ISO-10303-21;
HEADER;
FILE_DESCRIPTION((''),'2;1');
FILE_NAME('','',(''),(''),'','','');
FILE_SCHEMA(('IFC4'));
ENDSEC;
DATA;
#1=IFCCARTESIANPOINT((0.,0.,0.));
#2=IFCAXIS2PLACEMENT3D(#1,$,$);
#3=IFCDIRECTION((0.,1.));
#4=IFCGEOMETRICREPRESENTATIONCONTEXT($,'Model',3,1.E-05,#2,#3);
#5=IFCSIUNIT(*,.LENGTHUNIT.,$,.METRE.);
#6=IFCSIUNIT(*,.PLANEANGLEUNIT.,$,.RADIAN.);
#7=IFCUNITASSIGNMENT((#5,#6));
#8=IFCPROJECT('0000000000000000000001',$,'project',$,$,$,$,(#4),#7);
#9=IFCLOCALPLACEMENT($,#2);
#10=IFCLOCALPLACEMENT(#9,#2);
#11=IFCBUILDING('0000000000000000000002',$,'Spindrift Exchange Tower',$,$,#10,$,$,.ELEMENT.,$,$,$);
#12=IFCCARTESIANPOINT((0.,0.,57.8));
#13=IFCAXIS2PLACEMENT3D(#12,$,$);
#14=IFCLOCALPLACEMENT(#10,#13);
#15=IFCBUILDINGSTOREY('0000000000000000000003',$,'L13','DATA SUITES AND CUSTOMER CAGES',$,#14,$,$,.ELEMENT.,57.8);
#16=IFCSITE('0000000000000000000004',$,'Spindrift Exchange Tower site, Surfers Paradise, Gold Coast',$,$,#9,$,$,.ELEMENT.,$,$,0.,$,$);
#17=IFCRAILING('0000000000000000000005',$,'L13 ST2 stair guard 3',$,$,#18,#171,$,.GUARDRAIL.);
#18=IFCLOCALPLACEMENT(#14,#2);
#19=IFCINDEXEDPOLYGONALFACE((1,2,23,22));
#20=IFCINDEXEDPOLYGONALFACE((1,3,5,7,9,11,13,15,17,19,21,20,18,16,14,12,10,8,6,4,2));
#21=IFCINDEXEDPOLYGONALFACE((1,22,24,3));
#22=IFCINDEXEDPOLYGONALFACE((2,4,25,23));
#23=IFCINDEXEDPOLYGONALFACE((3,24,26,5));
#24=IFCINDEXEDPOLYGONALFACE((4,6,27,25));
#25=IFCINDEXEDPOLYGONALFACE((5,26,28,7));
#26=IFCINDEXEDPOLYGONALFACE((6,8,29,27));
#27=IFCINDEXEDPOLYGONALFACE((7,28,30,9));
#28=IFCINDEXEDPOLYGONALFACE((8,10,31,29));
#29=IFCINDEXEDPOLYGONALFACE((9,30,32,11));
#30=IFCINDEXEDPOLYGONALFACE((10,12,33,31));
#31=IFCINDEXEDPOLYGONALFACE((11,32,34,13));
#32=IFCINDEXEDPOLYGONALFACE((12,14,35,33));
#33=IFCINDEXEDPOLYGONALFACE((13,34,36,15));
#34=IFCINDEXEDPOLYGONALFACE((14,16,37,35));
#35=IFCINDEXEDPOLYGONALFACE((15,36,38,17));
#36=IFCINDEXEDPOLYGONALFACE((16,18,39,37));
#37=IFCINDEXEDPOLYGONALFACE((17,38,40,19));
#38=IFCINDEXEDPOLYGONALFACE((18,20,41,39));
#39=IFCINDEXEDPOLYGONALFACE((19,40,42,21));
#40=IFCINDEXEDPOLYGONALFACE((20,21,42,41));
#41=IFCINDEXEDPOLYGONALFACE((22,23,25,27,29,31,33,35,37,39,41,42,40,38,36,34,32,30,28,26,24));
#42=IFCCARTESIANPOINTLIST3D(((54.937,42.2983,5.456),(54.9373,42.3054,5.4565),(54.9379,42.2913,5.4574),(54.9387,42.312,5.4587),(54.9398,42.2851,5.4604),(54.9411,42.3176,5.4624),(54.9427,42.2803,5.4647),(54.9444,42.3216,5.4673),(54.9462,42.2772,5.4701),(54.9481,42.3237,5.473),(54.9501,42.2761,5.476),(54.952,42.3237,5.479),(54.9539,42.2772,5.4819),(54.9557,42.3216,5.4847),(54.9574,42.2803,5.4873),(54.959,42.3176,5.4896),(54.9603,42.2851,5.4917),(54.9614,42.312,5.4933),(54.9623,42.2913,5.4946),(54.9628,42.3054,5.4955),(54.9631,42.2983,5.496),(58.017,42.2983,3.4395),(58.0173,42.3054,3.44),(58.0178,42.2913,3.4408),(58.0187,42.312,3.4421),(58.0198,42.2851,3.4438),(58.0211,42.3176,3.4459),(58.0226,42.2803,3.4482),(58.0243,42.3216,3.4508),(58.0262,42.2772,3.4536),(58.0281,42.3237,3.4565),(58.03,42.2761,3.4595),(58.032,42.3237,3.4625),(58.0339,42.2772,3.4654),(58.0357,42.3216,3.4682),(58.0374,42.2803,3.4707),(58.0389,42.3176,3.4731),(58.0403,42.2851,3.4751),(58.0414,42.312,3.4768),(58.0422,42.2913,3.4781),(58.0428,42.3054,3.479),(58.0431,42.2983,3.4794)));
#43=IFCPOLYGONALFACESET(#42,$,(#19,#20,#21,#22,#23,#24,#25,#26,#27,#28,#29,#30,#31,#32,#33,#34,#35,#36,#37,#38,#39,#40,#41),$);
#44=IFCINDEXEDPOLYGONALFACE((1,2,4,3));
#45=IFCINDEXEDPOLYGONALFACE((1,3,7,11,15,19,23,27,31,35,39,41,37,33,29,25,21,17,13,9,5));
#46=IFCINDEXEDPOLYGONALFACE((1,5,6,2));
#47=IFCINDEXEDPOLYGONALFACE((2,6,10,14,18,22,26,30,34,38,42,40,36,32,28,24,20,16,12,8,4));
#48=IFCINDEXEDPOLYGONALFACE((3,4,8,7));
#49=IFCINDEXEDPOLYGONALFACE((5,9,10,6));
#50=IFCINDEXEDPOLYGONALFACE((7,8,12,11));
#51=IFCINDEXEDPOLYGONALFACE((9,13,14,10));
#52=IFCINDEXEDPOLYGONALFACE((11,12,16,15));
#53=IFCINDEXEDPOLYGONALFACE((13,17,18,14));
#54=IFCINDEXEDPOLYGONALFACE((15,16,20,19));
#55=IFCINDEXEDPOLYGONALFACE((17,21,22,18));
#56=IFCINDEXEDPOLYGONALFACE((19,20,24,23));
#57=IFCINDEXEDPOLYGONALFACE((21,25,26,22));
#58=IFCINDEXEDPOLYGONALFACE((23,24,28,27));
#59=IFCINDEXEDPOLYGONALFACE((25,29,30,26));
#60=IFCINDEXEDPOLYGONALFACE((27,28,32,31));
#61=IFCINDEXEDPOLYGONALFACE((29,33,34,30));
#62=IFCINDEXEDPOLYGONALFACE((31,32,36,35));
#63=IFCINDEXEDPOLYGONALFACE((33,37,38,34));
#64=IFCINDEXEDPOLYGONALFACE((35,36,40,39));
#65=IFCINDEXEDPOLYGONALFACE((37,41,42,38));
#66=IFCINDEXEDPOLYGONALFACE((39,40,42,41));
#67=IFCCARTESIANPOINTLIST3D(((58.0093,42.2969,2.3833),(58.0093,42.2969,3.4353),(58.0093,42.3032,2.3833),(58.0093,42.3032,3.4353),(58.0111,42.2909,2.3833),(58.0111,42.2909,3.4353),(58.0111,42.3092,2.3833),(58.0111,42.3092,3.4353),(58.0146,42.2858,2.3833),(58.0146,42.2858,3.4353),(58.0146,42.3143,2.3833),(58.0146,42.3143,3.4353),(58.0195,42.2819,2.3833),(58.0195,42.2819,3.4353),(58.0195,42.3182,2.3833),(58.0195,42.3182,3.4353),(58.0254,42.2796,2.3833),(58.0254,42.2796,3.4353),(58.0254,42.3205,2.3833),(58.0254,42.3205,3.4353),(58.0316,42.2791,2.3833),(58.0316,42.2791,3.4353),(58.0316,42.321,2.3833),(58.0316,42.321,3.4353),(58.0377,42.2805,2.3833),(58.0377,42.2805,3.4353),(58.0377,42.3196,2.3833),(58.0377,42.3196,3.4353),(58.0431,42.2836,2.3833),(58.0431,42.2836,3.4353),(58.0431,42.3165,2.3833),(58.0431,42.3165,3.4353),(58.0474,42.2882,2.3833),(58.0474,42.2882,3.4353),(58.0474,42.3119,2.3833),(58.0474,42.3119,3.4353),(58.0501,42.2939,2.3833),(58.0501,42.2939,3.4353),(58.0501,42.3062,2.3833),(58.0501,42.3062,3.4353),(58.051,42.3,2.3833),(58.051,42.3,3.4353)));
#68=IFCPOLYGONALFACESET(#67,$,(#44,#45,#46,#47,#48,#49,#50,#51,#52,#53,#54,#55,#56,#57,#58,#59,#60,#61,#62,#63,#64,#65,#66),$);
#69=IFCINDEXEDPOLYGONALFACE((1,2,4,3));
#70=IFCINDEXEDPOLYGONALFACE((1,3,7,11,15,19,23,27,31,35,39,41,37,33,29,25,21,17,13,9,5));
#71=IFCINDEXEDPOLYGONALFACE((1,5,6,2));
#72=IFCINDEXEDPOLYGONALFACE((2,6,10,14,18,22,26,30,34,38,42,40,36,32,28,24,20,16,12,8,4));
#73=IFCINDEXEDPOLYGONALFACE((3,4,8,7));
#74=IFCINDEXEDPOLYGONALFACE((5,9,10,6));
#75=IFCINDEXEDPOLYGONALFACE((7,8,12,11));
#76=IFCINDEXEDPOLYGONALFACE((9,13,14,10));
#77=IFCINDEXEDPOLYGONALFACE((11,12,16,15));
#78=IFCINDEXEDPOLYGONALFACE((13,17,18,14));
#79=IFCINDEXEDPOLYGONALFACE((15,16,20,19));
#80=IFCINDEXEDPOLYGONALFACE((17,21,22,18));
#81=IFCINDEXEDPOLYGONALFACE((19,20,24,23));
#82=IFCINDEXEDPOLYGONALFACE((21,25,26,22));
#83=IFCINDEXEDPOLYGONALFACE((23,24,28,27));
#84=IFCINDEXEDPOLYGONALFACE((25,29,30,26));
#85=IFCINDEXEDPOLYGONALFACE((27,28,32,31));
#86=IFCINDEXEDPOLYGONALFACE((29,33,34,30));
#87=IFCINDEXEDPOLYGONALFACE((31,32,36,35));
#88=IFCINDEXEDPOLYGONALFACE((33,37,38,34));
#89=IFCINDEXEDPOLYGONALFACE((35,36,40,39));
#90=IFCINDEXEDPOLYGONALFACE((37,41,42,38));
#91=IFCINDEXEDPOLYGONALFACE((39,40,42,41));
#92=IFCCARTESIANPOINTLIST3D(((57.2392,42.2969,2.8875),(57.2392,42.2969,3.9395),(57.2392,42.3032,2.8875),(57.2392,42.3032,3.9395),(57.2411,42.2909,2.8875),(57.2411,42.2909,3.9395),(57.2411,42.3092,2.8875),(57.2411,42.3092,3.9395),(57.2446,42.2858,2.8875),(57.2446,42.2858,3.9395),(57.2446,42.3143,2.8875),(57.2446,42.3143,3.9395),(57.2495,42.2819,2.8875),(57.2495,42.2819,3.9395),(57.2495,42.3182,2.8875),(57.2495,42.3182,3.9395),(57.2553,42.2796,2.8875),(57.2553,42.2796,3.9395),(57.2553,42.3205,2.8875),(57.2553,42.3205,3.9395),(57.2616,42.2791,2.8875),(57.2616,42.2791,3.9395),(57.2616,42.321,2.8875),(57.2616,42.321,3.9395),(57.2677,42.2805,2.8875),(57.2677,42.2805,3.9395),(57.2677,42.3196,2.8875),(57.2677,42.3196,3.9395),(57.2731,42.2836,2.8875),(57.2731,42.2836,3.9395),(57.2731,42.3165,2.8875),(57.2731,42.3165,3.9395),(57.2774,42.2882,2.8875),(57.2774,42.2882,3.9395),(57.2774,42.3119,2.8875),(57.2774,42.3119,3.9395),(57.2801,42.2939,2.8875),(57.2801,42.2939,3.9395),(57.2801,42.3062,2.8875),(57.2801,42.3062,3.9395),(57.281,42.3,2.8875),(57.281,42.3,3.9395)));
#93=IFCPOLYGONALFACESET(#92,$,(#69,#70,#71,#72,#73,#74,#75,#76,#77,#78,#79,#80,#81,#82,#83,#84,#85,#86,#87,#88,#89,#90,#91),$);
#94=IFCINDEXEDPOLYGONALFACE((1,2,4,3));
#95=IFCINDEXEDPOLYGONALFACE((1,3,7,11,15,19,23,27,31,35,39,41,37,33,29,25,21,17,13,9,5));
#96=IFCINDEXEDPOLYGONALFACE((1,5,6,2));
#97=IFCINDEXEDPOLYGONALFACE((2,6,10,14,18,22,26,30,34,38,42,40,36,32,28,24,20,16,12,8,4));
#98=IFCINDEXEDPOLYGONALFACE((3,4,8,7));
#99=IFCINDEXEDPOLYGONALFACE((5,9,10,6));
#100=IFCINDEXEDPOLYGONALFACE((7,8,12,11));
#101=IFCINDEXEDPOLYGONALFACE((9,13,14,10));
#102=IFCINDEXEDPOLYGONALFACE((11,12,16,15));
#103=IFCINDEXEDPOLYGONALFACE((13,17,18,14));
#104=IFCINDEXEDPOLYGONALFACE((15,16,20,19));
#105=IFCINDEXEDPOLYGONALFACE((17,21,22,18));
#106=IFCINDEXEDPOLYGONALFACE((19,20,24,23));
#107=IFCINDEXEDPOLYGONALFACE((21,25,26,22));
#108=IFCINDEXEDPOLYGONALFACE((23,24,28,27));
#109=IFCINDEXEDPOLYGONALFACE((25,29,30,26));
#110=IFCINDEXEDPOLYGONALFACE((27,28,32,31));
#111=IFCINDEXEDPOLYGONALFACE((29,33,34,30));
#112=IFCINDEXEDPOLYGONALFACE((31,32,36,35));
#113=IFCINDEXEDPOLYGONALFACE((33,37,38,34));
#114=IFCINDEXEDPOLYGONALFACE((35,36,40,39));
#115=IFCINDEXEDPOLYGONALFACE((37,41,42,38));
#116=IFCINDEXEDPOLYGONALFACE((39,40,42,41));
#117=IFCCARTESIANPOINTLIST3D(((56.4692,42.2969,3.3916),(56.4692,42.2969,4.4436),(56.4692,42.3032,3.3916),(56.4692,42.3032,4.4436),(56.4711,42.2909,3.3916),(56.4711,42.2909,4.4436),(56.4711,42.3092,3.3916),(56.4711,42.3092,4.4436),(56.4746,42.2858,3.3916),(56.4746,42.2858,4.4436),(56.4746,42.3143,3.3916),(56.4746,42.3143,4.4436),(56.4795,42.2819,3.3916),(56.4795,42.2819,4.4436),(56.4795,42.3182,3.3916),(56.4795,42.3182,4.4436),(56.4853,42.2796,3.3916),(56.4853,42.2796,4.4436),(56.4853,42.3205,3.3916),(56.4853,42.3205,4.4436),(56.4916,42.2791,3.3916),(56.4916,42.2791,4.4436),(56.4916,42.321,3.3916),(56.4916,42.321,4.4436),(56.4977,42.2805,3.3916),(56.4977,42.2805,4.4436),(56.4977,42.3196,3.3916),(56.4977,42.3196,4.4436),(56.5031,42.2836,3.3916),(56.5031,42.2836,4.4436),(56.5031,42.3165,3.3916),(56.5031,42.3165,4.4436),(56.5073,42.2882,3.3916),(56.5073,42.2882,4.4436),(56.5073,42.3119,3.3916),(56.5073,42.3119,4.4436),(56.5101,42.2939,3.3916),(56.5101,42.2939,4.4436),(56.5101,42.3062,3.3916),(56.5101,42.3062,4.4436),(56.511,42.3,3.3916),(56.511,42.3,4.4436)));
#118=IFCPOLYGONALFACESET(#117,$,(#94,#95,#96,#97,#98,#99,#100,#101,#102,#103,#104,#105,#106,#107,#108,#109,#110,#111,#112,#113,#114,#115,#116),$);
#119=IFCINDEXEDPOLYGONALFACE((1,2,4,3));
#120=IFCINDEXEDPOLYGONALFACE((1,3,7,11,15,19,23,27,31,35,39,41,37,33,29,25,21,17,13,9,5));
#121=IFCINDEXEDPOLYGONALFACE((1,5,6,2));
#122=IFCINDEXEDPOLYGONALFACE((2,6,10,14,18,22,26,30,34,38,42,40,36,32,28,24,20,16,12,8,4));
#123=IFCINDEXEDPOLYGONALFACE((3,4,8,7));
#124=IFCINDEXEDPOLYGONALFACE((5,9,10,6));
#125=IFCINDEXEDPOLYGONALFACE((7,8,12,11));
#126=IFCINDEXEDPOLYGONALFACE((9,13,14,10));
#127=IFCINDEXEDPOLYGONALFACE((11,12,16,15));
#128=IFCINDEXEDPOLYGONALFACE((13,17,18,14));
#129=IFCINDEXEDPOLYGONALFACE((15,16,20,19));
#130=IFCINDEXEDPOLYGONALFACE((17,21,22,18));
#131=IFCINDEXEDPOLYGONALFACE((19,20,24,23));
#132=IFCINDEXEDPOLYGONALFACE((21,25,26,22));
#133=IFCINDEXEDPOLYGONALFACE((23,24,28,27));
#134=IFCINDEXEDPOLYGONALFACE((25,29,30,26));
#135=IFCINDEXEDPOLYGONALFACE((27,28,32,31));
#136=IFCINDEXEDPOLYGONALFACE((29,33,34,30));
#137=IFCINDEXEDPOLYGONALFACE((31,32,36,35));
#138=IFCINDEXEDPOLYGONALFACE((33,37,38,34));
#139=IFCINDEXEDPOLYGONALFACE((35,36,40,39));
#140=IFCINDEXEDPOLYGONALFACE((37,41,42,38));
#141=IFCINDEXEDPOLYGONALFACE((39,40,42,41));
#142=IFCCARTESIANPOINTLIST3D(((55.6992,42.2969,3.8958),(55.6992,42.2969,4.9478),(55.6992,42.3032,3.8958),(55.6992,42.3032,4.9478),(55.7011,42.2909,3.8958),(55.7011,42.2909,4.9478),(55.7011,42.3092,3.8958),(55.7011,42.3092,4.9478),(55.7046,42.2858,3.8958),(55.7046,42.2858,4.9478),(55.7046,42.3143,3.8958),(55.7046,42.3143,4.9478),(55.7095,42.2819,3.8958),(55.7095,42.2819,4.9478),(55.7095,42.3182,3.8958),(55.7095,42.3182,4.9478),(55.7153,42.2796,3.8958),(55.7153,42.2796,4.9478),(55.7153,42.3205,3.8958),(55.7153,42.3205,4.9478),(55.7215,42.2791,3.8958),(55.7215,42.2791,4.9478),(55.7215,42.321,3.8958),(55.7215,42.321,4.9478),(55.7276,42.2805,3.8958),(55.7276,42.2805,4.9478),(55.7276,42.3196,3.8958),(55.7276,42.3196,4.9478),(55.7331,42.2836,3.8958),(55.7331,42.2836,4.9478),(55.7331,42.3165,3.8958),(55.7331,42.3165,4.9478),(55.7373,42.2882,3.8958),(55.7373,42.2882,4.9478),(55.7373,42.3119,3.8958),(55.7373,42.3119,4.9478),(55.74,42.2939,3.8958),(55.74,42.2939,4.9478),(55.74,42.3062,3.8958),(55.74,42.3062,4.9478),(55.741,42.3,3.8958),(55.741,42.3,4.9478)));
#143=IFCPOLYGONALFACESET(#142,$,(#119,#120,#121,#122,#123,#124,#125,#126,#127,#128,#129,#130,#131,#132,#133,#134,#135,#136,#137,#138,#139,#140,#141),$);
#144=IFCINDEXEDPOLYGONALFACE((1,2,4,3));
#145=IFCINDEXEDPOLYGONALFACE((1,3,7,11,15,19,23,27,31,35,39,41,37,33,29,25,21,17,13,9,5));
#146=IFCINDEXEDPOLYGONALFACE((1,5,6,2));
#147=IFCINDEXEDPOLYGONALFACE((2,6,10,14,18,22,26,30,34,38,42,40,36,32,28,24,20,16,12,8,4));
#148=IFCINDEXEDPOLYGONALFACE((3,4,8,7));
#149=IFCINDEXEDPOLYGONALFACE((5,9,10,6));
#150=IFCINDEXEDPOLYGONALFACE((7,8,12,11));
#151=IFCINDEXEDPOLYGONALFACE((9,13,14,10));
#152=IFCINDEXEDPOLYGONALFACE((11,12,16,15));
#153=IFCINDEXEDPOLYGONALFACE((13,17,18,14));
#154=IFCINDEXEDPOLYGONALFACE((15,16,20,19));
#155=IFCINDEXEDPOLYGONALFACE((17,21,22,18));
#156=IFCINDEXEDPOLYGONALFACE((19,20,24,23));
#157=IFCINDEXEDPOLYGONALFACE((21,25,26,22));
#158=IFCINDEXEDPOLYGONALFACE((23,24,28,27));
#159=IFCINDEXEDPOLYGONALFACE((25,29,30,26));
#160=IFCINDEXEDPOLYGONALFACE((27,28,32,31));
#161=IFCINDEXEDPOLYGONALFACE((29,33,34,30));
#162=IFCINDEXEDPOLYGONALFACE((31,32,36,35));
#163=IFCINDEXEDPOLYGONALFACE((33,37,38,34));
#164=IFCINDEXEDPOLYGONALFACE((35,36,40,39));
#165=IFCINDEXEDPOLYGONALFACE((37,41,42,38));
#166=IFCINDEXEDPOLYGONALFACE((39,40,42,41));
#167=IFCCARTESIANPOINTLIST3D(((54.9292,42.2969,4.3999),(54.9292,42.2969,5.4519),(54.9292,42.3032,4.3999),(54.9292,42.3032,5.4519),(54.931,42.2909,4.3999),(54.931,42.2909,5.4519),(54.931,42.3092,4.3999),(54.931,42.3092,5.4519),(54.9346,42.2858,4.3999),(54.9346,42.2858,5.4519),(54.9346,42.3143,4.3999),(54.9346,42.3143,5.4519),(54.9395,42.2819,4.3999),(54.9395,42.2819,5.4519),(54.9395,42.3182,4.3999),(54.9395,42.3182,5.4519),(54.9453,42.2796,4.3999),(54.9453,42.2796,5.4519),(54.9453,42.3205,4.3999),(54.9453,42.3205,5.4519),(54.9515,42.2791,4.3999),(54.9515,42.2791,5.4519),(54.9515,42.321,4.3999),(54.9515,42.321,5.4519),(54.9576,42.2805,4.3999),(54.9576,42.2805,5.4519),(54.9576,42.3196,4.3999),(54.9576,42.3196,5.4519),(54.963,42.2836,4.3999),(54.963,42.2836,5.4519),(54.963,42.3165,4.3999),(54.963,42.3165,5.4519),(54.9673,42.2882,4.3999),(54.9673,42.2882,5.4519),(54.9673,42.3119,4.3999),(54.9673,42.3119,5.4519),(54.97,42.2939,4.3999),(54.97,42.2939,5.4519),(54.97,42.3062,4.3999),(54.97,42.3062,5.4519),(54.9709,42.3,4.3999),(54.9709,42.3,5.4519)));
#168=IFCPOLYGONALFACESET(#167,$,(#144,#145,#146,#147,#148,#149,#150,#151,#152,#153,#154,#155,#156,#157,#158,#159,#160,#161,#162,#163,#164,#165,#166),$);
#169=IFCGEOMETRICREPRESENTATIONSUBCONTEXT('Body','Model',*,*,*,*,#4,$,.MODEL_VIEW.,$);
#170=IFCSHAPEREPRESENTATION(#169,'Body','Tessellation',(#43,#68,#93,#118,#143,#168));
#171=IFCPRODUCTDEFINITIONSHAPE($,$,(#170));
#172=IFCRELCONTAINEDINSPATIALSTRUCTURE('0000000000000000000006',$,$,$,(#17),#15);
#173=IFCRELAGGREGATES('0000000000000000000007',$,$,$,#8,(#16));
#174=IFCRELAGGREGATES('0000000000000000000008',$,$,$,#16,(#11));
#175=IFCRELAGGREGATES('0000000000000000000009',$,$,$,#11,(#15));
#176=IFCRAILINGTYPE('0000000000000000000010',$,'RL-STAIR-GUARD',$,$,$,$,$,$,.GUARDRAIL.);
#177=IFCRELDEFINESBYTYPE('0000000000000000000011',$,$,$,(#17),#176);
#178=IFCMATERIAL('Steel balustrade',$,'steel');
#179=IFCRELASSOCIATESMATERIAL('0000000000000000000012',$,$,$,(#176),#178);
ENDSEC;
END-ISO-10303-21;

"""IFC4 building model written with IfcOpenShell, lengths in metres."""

from ifc_helpers import new_model, si_unit, direction, frame, origin, origin_2d, place, context, subcontext, project, spatial, circle, extrude, material, type_object, element, save


model = new_model("IFC4")

# Units and contexts
model_context = context("Model", 3, precision=1e-05, world=origin(), true_north=direction((0.0, 1.0)))
body_context = subcontext(model_context, "Body", "Model", "MODEL_VIEW")
ifc_project = project(units=[si_unit("LENGTHUNIT", "METRE"), si_unit("PLANEANGLEUNIT", "RADIAN")], contexts=[model_context])

# Site, building, storey
site_placement = place(None, origin())
site = spatial("IfcSite", under=ifc_project, at=site_placement, Name="Spindrift Exchange Tower site, Surfers Paradise, Gold Coast", CompositionType="ELEMENT", RefElevation=0.0)
building_placement = place(site_placement, origin())
building = spatial("IfcBuilding", under=site, at=building_placement, Name="Spindrift Exchange Tower", CompositionType="ELEMENT")
storey_placement = place(building_placement, frame((0.0, 0.0, 57.8)))
storey = spatial("IfcBuildingStorey", under=building, at=storey_placement, Name="L13", Description="DATA SUITES AND CUSTOMER CAGES", CompositionType="ELEMENT", Elevation=57.8)

# Railing
ifc_material_1 = material(Name="Steel balustrade", Category="steel")
railing_type_1 = type_object("IfcRailingType", Name="RL-STAIR-GUARD", PredefinedType="GUARDRAIL", material=ifc_material_1)
railing_1_placement = place(storey_placement, frame((58.03, 42.3, 2.3833)))
element("IfcRailing", 1, at=railing_1_placement, inside=storey, type_object=railing_type_1, Name="L13 ST2 stair guard 3", PredefinedType="GUARDRAIL", context=body_context, shape_type="SweptSolid", body=[
    extrude(circle(Radius=0.0239, at=origin_2d()), frame((0.0, 0.0, 1.0762), z_axis=(-0.836633, 0.0, 0.547764), x_axis=(0.0, -1.0, 0.0)), (0.0, 0.0, 1.0), 3.6814),
    extrude(circle(Radius=0.021, at=origin_2d()), origin(), (0.0, 0.0, 1.0), 1.052),
    extrude(circle(Radius=0.021, at=origin_2d()), frame((-0.77, 0.0, 0.5042)), (0.0, 0.0, 1.0), 1.052),
    extrude(circle(Radius=0.021, at=origin_2d()), frame((-1.54, 0.0, 1.0083)), (0.0, 0.0, 1.0), 1.052),
    extrude(circle(Radius=0.021, at=origin_2d()), frame((-2.3101, 0.0, 1.5125)), (0.0, 0.0, 1.0), 1.052),
    extrude(circle(Radius=0.021, at=origin_2d()), frame((-3.0801, 0.0, 2.0166)), (0.0, 0.0, 1.0), 1.052),
])

save(model, "model.ifc")
